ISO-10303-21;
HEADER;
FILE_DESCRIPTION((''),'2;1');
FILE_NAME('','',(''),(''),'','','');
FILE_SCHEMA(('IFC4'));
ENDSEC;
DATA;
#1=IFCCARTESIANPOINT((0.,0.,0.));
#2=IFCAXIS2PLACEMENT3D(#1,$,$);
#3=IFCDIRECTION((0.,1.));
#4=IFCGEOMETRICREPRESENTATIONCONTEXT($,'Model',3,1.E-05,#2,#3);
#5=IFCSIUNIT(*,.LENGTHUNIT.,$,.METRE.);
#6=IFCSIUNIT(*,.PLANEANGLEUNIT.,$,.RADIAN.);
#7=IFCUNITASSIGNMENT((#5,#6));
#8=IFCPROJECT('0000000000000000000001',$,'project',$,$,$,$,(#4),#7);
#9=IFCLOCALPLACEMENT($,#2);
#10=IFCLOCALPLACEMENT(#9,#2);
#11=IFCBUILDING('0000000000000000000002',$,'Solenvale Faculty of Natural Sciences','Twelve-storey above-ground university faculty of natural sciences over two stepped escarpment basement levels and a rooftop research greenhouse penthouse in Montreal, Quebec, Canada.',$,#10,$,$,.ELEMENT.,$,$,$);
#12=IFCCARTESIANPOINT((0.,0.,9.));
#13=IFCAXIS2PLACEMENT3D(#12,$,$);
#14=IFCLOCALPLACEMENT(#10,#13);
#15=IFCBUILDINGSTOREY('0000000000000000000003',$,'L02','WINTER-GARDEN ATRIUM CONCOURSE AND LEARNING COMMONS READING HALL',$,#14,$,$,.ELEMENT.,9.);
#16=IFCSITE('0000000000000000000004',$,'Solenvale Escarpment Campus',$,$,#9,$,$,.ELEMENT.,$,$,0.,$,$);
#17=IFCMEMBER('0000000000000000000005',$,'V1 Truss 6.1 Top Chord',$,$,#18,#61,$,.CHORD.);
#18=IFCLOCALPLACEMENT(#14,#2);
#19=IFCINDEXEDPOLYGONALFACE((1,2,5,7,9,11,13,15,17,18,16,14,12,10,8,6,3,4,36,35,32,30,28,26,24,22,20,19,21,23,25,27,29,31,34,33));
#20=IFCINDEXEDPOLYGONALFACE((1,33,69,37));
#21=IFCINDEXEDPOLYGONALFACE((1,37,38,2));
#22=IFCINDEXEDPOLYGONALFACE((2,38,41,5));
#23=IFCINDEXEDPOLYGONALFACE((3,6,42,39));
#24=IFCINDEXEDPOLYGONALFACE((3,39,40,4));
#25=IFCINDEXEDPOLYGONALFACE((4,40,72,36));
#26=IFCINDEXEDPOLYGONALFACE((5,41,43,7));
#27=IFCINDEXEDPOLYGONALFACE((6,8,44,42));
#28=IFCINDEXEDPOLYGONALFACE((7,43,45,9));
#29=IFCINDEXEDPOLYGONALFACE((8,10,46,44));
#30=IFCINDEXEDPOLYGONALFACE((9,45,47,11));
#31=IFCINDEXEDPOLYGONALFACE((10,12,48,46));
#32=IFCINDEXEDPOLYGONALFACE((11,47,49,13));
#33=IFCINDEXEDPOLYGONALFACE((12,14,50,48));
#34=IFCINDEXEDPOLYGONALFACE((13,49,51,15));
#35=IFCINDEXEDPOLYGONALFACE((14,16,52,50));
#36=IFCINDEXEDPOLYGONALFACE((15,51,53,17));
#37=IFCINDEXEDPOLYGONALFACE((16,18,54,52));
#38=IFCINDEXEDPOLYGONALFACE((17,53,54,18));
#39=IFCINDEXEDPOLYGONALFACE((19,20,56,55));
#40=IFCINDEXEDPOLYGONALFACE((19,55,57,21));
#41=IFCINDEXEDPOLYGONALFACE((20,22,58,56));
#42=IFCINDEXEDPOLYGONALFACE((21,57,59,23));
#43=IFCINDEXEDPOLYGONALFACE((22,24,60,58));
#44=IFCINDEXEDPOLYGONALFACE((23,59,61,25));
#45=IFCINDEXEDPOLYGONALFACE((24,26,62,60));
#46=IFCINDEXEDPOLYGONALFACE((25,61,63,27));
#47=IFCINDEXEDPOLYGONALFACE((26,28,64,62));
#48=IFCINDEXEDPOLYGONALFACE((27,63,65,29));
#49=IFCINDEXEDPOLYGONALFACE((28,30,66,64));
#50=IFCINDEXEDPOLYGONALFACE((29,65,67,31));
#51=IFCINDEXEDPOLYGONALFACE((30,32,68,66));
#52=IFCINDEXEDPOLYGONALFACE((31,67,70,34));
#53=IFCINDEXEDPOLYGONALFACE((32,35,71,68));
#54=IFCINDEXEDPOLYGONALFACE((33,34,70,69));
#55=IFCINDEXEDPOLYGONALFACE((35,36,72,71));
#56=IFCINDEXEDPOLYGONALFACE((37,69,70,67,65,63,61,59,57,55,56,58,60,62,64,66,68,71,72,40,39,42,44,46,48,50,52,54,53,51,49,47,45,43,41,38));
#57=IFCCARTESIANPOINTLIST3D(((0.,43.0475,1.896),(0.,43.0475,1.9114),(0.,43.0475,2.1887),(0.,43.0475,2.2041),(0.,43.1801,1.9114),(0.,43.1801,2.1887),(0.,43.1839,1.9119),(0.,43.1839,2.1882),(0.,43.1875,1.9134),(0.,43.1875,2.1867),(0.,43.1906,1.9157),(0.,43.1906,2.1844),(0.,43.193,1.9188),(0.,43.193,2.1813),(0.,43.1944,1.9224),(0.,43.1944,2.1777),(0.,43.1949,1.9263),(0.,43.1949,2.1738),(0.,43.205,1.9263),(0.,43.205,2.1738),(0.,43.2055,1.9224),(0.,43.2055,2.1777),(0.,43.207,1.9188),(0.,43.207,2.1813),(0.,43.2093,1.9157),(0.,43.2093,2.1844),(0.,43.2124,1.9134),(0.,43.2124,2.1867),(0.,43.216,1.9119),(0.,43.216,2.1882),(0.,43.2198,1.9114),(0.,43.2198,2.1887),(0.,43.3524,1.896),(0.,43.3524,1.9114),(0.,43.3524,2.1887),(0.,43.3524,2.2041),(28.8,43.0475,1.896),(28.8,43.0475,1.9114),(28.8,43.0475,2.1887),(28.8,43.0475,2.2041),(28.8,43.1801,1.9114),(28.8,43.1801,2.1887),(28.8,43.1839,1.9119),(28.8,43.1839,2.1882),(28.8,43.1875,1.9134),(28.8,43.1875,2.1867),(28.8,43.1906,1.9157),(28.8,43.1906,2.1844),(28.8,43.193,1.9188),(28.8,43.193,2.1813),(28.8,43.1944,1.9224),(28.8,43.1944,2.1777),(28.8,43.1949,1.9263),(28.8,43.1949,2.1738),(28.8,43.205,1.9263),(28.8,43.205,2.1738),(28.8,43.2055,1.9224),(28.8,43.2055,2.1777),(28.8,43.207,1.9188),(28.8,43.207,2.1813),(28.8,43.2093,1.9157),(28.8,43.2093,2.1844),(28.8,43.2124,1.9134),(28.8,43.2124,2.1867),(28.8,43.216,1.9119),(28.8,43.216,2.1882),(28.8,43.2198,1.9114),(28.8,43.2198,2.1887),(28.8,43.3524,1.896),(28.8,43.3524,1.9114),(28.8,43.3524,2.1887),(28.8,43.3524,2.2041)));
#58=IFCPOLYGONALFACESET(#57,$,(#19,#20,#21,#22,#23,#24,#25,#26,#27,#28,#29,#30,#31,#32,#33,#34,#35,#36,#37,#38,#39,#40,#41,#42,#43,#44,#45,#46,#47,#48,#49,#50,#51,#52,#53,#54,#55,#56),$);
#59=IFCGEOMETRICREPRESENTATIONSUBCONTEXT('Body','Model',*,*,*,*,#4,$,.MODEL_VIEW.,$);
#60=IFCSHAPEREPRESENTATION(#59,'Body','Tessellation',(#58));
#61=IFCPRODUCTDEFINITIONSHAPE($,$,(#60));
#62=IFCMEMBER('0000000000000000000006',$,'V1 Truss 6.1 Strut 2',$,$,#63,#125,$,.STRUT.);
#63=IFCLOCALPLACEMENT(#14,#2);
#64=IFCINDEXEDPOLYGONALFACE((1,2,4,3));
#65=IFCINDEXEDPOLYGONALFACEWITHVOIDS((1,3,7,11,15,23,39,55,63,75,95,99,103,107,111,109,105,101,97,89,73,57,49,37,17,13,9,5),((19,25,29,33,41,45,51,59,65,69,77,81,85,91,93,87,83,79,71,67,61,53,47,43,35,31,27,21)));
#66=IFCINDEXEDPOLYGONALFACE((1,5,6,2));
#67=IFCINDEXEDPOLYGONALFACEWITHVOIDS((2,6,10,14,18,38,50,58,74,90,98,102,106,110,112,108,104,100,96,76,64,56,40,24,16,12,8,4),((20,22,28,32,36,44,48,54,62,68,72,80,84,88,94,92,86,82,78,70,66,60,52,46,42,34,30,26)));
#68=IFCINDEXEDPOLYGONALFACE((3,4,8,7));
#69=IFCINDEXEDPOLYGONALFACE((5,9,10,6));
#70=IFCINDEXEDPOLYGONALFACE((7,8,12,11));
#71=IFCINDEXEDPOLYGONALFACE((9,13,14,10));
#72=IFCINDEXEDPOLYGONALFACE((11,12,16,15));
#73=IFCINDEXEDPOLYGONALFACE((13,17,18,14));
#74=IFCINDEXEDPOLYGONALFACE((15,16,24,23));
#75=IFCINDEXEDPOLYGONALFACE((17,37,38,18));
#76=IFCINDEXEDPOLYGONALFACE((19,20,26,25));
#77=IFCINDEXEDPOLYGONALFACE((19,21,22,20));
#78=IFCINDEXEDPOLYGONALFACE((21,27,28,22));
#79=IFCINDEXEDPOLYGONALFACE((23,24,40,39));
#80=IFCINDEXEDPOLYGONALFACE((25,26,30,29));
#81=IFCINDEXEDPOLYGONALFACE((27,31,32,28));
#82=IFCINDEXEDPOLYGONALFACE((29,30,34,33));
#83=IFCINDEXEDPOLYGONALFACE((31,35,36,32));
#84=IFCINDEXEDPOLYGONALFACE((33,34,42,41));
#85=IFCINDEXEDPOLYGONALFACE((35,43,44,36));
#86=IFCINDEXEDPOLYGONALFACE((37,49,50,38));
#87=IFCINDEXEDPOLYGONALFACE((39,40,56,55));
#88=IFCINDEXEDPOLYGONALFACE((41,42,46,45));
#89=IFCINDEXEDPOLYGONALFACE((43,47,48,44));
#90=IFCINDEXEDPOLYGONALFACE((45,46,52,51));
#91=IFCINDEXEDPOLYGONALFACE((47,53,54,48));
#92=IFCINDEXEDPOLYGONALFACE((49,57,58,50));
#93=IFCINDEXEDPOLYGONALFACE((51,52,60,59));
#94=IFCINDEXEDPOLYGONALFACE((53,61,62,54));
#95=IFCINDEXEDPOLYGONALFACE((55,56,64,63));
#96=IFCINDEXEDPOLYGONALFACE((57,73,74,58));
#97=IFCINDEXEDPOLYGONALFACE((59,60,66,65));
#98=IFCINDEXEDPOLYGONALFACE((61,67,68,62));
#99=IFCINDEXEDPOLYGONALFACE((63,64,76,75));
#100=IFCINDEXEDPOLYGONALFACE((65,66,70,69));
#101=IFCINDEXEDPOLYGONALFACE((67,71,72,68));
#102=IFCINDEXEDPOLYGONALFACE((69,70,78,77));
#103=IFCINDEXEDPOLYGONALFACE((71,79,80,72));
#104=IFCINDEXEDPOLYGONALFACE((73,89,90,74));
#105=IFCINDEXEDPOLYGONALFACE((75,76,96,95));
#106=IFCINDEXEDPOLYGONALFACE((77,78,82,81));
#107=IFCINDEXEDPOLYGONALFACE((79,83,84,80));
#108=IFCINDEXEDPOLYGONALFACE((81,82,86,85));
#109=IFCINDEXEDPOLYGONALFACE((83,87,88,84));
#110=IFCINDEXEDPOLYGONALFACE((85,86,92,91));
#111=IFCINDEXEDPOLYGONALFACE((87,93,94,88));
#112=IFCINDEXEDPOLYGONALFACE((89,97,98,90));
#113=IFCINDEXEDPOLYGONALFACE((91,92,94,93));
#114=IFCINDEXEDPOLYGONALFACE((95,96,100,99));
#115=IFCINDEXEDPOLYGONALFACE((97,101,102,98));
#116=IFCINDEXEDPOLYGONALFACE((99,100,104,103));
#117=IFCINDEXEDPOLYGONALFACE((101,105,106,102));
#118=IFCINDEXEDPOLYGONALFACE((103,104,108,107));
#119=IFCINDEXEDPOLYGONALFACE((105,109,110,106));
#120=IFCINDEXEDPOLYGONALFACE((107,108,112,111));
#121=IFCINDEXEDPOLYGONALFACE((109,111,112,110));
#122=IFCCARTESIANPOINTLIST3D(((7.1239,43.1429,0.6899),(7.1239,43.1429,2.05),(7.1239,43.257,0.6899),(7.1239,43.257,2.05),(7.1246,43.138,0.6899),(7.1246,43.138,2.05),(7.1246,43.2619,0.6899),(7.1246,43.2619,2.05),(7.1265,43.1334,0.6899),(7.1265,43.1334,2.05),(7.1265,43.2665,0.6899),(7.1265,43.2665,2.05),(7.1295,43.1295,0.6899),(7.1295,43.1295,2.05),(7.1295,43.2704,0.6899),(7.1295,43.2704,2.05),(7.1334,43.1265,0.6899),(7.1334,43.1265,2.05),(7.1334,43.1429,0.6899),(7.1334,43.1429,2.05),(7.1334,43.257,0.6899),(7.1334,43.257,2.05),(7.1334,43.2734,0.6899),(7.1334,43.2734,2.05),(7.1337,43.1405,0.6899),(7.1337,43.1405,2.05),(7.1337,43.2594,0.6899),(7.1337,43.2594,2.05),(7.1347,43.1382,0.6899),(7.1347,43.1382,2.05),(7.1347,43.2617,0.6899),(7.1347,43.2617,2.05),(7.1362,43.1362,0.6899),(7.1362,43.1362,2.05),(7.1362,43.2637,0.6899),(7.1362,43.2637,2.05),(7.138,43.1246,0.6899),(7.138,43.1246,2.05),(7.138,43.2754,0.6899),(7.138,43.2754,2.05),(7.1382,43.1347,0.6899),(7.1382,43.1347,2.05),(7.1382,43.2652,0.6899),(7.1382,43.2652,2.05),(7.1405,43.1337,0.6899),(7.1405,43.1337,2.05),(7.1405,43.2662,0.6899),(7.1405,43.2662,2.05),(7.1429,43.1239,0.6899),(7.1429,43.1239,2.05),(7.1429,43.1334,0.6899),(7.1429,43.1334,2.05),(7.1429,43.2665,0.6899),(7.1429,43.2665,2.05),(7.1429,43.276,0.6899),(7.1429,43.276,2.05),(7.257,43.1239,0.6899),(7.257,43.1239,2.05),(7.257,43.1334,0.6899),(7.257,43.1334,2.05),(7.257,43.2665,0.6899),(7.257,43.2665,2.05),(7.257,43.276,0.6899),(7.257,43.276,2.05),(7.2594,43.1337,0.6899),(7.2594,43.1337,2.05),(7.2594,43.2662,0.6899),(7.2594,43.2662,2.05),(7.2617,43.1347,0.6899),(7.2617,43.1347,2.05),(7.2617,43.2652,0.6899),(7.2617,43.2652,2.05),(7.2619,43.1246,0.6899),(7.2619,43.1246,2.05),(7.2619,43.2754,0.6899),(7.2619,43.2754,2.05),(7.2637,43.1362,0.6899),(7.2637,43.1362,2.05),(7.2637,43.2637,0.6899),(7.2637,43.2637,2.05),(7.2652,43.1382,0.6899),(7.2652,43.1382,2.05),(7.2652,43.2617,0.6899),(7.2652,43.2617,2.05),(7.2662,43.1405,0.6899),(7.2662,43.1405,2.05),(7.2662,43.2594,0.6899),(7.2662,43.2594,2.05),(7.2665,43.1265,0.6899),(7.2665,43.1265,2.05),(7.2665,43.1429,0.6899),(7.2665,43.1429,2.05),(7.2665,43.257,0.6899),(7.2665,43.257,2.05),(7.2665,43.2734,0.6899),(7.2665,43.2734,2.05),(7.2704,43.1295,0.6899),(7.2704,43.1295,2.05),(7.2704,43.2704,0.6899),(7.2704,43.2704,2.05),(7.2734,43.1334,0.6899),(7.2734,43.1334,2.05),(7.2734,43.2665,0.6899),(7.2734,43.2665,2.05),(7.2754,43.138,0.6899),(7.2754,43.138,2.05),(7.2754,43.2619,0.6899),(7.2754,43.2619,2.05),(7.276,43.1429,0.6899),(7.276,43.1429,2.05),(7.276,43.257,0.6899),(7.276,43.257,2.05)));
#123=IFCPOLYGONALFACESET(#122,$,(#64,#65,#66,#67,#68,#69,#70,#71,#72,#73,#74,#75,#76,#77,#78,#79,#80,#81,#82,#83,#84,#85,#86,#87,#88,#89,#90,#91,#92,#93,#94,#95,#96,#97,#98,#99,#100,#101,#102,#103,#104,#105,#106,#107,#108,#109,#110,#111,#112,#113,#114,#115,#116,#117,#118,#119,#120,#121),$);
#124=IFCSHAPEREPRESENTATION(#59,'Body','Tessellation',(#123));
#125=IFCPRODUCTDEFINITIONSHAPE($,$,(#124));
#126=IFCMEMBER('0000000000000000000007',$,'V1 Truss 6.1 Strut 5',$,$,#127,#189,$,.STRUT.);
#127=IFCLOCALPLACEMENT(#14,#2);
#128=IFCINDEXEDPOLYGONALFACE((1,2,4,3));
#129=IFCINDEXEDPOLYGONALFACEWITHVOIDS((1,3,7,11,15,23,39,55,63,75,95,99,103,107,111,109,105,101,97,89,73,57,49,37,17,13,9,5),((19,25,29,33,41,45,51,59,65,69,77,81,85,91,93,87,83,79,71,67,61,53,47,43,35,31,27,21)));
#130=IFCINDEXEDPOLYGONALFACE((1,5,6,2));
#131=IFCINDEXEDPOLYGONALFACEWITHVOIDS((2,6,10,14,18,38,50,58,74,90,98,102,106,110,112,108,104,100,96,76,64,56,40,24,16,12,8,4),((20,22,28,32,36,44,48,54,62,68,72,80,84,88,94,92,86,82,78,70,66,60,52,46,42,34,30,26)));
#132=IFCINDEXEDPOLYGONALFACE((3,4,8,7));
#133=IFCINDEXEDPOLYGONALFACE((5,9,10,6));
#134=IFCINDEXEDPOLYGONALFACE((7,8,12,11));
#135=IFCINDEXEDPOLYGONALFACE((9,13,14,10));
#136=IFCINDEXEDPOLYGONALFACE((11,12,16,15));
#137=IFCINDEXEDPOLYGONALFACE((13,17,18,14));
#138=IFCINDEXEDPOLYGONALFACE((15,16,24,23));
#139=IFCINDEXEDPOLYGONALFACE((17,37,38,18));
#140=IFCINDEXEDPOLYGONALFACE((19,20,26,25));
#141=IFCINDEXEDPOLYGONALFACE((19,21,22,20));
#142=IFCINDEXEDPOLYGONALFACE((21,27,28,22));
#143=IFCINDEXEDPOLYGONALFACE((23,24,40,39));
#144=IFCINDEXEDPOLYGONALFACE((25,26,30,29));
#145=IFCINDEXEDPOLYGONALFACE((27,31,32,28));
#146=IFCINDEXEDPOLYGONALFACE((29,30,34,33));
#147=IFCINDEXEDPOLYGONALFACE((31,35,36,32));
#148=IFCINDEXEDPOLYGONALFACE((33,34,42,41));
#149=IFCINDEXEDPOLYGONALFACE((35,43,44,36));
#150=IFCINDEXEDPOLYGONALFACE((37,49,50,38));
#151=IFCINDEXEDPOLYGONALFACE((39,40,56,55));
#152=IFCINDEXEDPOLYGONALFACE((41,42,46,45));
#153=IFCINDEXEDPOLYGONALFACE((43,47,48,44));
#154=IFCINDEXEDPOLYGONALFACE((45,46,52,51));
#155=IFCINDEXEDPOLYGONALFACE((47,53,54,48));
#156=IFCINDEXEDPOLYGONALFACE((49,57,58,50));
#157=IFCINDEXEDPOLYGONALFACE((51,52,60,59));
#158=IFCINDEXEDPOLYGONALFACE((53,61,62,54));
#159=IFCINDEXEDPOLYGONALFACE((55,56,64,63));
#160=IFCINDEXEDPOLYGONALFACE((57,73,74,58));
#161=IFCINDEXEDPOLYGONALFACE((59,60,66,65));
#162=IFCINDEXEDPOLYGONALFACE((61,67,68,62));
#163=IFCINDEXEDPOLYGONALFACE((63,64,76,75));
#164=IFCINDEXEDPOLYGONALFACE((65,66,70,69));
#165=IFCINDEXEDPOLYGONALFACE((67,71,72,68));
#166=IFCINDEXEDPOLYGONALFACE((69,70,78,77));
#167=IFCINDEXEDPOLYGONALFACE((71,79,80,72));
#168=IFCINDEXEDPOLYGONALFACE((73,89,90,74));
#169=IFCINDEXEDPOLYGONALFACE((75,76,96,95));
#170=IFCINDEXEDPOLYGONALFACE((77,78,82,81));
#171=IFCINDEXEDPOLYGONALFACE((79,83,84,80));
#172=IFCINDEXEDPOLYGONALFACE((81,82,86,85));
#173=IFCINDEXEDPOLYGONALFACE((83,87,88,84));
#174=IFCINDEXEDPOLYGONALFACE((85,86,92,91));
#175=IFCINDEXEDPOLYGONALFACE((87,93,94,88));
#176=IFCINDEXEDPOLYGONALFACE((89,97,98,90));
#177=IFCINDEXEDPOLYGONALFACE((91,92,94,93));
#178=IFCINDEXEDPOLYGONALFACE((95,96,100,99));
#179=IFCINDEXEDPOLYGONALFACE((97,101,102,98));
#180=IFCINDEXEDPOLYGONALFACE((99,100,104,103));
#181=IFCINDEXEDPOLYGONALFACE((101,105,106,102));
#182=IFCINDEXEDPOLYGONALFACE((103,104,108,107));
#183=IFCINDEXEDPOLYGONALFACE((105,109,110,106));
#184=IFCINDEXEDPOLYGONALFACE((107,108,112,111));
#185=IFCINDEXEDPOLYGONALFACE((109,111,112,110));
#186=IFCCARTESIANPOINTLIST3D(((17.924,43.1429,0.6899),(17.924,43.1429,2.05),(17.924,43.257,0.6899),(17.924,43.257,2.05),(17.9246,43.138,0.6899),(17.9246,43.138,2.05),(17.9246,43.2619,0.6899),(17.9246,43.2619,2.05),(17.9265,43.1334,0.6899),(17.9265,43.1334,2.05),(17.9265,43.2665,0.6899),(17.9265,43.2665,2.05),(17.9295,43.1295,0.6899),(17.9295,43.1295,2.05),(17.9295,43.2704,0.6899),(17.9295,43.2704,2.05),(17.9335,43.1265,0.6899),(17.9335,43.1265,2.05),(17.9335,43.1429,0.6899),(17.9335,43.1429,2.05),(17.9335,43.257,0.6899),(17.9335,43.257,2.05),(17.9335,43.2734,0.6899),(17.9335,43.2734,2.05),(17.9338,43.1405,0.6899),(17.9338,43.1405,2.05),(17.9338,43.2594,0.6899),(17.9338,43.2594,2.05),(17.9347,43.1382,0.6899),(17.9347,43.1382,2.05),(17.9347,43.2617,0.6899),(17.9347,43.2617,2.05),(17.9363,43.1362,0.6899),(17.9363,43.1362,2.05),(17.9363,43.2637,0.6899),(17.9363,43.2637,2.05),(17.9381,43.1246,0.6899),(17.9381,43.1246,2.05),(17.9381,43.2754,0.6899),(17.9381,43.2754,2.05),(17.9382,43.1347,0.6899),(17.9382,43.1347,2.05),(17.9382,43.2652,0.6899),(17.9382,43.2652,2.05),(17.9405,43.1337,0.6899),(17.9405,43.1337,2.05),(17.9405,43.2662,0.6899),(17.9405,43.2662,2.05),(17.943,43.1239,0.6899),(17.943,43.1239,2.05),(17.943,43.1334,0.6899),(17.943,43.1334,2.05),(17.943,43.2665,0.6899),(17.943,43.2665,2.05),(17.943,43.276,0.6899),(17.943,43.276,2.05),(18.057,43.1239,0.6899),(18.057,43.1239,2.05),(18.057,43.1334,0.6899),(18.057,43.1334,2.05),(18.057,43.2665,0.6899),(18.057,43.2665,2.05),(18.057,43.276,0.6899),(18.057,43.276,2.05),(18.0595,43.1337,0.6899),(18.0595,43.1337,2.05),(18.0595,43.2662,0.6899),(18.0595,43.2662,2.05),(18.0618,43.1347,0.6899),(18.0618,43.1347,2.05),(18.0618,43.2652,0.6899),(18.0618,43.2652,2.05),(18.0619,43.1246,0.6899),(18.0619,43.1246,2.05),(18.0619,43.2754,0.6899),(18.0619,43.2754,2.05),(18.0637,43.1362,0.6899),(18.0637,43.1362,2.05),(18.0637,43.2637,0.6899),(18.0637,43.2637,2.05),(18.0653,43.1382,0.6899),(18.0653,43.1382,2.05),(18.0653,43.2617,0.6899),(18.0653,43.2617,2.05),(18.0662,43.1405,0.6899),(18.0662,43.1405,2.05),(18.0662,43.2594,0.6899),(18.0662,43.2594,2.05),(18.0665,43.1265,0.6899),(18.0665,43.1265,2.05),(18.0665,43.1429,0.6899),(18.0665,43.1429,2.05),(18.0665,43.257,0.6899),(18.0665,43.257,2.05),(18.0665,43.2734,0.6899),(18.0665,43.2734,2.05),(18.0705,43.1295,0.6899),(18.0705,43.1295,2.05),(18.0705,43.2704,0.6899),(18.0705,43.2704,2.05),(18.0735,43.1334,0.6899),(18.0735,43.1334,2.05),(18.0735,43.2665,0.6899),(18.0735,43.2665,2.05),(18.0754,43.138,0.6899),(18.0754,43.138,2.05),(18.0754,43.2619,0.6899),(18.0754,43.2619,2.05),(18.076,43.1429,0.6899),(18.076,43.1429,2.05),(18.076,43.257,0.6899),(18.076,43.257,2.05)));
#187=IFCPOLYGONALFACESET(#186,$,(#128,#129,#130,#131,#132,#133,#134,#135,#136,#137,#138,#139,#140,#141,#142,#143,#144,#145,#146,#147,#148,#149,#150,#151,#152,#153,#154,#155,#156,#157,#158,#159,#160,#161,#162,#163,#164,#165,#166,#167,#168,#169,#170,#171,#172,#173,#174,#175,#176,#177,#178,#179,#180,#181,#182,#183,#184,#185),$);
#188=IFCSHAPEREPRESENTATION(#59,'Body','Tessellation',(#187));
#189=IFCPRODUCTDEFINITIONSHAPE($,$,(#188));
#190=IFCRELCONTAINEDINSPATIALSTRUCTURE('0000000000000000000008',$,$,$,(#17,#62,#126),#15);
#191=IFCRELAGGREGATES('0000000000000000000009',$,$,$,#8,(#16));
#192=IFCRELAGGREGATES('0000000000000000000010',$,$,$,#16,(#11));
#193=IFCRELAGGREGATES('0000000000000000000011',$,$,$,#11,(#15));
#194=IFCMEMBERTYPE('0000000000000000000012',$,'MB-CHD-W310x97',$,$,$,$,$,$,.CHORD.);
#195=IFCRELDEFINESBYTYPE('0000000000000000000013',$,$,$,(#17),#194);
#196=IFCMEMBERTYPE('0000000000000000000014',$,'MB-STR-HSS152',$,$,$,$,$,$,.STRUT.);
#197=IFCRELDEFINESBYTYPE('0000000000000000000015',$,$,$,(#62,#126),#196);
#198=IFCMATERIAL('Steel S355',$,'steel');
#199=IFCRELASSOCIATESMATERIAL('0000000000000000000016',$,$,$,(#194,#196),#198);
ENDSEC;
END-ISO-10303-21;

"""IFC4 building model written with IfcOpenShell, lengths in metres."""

from ifc_helpers import new_model, si_unit, direction, frame, origin, origin_2d, place, context, subcontext, project, spatial, hollow_rectangle, i_section, extrude, material, material_profile, profile_set, type_object, element, save


model = new_model("IFC4")

# Units and contexts
model_context = context("Model", 3, precision=1e-05, world=origin(), true_north=direction((0.0, 1.0)))
body_context = subcontext(model_context, "Body", "Model", "MODEL_VIEW")
ifc_project = project(units=[si_unit("LENGTHUNIT", "METRE"), si_unit("PLANEANGLEUNIT", "RADIAN")], contexts=[model_context])

# Site, building, storey
site_placement = place(None, origin())
site = spatial("IfcSite", under=ifc_project, at=site_placement, Name="Solenvale Escarpment Campus", CompositionType="ELEMENT", RefElevation=0.0)
building_placement = place(site_placement, origin())
building = spatial("IfcBuilding", under=site, at=building_placement, Name="Solenvale Faculty of Natural Sciences", Description="Twelve-storey above-ground university faculty of natural sciences over two stepped escarpment basement levels and a rooftop research greenhouse penthouse in Montreal, Quebec, Canada.", CompositionType="ELEMENT")
storey_placement = place(building_placement, frame((0.0, 0.0, 9.0)))
storey = spatial("IfcBuildingStorey", under=building, at=storey_placement, Name="L02", Description="WINTER-GARDEN ATRIUM CONCOURSE AND LEARNING COMMONS READING HALL", CompositionType="ELEMENT", Elevation=9.0)

# Shared definitions
ifc_material = material(Name="Steel S355", Category="steel")

# Members
ifc_material_profile_1 = material_profile(ifc_material, i_section(OverallWidth=0.3049, OverallDepth=0.3081, WebThickness=0.01, FlangeThickness=0.0154, FilletRadius=0.0149, at=origin_2d()), Name="W310x97")
ifc_profile_set_1 = profile_set([ifc_material_profile_1], Name="Steel S355")
member_type_1 = type_object("IfcMemberType", Name="MB-CHD-W310x97", PredefinedType="CHORD", material=ifc_profile_set_1)
member_1_placement = place(storey_placement, frame((0.0, 43.2, 2.05), z_axis=(1.0, 0.0, 0.0), x_axis=(0.0, 1.0, 0.0)))
element("IfcMember", 1, at=member_1_placement, inside=storey, type_object=member_type_1, Name="V1 Truss 6.1 Top Chord", PredefinedType="CHORD", context=body_context, shape_type="SweptSolid", body=[
    extrude(i_section(OverallWidth=0.3049, OverallDepth=0.3081, WebThickness=0.01, FlangeThickness=0.0154, FilletRadius=0.0149, at=origin_2d()), origin(), (0.0, 0.0, 1.0), 28.8),
])
ifc_material_profile_2 = material_profile(ifc_material, hollow_rectangle(XDim=0.1521, YDim=0.1521, WallThickness=0.0095, InnerFilletRadius=0.0095, OuterFilletRadius=0.019, at=origin_2d()), Name="HSS152x152x9.5")
ifc_profile_set_2 = profile_set([ifc_material_profile_2], Name="Steel S355")
member_type_2 = type_object("IfcMemberType", Name="MB-STR-HSS152", PredefinedType="STRUT", material=ifc_profile_set_2)
for number, where, z_axis, x_axis, name in (
    (2, (7.2, 43.2, 0.6899), (0.0, 0.0, 1.0), (1.0, 0.0, 0.0), "V1 Truss 6.1 Strut 2"),
    (3, (18.0, 43.2, 0.6899), (0.0, 0.0, 1.0), (1.0, 0.0, 0.0), "V1 Truss 6.1 Strut 5"),
):
    element("IfcMember", number, at=place(storey_placement, frame(where, z_axis=z_axis, x_axis=x_axis)), inside=storey, type_object=member_type_2, Name=name, PredefinedType="STRUT", context=body_context, shape_type="SweptSolid", body=[
        extrude(hollow_rectangle(XDim=0.1521, YDim=0.1521, WallThickness=0.0095, InnerFilletRadius=0.0095, OuterFilletRadius=0.019, at=origin_2d()), origin(), (0.0, 0.0, 1.0), 1.3601),
    ])

save(model, "model.ifc")
